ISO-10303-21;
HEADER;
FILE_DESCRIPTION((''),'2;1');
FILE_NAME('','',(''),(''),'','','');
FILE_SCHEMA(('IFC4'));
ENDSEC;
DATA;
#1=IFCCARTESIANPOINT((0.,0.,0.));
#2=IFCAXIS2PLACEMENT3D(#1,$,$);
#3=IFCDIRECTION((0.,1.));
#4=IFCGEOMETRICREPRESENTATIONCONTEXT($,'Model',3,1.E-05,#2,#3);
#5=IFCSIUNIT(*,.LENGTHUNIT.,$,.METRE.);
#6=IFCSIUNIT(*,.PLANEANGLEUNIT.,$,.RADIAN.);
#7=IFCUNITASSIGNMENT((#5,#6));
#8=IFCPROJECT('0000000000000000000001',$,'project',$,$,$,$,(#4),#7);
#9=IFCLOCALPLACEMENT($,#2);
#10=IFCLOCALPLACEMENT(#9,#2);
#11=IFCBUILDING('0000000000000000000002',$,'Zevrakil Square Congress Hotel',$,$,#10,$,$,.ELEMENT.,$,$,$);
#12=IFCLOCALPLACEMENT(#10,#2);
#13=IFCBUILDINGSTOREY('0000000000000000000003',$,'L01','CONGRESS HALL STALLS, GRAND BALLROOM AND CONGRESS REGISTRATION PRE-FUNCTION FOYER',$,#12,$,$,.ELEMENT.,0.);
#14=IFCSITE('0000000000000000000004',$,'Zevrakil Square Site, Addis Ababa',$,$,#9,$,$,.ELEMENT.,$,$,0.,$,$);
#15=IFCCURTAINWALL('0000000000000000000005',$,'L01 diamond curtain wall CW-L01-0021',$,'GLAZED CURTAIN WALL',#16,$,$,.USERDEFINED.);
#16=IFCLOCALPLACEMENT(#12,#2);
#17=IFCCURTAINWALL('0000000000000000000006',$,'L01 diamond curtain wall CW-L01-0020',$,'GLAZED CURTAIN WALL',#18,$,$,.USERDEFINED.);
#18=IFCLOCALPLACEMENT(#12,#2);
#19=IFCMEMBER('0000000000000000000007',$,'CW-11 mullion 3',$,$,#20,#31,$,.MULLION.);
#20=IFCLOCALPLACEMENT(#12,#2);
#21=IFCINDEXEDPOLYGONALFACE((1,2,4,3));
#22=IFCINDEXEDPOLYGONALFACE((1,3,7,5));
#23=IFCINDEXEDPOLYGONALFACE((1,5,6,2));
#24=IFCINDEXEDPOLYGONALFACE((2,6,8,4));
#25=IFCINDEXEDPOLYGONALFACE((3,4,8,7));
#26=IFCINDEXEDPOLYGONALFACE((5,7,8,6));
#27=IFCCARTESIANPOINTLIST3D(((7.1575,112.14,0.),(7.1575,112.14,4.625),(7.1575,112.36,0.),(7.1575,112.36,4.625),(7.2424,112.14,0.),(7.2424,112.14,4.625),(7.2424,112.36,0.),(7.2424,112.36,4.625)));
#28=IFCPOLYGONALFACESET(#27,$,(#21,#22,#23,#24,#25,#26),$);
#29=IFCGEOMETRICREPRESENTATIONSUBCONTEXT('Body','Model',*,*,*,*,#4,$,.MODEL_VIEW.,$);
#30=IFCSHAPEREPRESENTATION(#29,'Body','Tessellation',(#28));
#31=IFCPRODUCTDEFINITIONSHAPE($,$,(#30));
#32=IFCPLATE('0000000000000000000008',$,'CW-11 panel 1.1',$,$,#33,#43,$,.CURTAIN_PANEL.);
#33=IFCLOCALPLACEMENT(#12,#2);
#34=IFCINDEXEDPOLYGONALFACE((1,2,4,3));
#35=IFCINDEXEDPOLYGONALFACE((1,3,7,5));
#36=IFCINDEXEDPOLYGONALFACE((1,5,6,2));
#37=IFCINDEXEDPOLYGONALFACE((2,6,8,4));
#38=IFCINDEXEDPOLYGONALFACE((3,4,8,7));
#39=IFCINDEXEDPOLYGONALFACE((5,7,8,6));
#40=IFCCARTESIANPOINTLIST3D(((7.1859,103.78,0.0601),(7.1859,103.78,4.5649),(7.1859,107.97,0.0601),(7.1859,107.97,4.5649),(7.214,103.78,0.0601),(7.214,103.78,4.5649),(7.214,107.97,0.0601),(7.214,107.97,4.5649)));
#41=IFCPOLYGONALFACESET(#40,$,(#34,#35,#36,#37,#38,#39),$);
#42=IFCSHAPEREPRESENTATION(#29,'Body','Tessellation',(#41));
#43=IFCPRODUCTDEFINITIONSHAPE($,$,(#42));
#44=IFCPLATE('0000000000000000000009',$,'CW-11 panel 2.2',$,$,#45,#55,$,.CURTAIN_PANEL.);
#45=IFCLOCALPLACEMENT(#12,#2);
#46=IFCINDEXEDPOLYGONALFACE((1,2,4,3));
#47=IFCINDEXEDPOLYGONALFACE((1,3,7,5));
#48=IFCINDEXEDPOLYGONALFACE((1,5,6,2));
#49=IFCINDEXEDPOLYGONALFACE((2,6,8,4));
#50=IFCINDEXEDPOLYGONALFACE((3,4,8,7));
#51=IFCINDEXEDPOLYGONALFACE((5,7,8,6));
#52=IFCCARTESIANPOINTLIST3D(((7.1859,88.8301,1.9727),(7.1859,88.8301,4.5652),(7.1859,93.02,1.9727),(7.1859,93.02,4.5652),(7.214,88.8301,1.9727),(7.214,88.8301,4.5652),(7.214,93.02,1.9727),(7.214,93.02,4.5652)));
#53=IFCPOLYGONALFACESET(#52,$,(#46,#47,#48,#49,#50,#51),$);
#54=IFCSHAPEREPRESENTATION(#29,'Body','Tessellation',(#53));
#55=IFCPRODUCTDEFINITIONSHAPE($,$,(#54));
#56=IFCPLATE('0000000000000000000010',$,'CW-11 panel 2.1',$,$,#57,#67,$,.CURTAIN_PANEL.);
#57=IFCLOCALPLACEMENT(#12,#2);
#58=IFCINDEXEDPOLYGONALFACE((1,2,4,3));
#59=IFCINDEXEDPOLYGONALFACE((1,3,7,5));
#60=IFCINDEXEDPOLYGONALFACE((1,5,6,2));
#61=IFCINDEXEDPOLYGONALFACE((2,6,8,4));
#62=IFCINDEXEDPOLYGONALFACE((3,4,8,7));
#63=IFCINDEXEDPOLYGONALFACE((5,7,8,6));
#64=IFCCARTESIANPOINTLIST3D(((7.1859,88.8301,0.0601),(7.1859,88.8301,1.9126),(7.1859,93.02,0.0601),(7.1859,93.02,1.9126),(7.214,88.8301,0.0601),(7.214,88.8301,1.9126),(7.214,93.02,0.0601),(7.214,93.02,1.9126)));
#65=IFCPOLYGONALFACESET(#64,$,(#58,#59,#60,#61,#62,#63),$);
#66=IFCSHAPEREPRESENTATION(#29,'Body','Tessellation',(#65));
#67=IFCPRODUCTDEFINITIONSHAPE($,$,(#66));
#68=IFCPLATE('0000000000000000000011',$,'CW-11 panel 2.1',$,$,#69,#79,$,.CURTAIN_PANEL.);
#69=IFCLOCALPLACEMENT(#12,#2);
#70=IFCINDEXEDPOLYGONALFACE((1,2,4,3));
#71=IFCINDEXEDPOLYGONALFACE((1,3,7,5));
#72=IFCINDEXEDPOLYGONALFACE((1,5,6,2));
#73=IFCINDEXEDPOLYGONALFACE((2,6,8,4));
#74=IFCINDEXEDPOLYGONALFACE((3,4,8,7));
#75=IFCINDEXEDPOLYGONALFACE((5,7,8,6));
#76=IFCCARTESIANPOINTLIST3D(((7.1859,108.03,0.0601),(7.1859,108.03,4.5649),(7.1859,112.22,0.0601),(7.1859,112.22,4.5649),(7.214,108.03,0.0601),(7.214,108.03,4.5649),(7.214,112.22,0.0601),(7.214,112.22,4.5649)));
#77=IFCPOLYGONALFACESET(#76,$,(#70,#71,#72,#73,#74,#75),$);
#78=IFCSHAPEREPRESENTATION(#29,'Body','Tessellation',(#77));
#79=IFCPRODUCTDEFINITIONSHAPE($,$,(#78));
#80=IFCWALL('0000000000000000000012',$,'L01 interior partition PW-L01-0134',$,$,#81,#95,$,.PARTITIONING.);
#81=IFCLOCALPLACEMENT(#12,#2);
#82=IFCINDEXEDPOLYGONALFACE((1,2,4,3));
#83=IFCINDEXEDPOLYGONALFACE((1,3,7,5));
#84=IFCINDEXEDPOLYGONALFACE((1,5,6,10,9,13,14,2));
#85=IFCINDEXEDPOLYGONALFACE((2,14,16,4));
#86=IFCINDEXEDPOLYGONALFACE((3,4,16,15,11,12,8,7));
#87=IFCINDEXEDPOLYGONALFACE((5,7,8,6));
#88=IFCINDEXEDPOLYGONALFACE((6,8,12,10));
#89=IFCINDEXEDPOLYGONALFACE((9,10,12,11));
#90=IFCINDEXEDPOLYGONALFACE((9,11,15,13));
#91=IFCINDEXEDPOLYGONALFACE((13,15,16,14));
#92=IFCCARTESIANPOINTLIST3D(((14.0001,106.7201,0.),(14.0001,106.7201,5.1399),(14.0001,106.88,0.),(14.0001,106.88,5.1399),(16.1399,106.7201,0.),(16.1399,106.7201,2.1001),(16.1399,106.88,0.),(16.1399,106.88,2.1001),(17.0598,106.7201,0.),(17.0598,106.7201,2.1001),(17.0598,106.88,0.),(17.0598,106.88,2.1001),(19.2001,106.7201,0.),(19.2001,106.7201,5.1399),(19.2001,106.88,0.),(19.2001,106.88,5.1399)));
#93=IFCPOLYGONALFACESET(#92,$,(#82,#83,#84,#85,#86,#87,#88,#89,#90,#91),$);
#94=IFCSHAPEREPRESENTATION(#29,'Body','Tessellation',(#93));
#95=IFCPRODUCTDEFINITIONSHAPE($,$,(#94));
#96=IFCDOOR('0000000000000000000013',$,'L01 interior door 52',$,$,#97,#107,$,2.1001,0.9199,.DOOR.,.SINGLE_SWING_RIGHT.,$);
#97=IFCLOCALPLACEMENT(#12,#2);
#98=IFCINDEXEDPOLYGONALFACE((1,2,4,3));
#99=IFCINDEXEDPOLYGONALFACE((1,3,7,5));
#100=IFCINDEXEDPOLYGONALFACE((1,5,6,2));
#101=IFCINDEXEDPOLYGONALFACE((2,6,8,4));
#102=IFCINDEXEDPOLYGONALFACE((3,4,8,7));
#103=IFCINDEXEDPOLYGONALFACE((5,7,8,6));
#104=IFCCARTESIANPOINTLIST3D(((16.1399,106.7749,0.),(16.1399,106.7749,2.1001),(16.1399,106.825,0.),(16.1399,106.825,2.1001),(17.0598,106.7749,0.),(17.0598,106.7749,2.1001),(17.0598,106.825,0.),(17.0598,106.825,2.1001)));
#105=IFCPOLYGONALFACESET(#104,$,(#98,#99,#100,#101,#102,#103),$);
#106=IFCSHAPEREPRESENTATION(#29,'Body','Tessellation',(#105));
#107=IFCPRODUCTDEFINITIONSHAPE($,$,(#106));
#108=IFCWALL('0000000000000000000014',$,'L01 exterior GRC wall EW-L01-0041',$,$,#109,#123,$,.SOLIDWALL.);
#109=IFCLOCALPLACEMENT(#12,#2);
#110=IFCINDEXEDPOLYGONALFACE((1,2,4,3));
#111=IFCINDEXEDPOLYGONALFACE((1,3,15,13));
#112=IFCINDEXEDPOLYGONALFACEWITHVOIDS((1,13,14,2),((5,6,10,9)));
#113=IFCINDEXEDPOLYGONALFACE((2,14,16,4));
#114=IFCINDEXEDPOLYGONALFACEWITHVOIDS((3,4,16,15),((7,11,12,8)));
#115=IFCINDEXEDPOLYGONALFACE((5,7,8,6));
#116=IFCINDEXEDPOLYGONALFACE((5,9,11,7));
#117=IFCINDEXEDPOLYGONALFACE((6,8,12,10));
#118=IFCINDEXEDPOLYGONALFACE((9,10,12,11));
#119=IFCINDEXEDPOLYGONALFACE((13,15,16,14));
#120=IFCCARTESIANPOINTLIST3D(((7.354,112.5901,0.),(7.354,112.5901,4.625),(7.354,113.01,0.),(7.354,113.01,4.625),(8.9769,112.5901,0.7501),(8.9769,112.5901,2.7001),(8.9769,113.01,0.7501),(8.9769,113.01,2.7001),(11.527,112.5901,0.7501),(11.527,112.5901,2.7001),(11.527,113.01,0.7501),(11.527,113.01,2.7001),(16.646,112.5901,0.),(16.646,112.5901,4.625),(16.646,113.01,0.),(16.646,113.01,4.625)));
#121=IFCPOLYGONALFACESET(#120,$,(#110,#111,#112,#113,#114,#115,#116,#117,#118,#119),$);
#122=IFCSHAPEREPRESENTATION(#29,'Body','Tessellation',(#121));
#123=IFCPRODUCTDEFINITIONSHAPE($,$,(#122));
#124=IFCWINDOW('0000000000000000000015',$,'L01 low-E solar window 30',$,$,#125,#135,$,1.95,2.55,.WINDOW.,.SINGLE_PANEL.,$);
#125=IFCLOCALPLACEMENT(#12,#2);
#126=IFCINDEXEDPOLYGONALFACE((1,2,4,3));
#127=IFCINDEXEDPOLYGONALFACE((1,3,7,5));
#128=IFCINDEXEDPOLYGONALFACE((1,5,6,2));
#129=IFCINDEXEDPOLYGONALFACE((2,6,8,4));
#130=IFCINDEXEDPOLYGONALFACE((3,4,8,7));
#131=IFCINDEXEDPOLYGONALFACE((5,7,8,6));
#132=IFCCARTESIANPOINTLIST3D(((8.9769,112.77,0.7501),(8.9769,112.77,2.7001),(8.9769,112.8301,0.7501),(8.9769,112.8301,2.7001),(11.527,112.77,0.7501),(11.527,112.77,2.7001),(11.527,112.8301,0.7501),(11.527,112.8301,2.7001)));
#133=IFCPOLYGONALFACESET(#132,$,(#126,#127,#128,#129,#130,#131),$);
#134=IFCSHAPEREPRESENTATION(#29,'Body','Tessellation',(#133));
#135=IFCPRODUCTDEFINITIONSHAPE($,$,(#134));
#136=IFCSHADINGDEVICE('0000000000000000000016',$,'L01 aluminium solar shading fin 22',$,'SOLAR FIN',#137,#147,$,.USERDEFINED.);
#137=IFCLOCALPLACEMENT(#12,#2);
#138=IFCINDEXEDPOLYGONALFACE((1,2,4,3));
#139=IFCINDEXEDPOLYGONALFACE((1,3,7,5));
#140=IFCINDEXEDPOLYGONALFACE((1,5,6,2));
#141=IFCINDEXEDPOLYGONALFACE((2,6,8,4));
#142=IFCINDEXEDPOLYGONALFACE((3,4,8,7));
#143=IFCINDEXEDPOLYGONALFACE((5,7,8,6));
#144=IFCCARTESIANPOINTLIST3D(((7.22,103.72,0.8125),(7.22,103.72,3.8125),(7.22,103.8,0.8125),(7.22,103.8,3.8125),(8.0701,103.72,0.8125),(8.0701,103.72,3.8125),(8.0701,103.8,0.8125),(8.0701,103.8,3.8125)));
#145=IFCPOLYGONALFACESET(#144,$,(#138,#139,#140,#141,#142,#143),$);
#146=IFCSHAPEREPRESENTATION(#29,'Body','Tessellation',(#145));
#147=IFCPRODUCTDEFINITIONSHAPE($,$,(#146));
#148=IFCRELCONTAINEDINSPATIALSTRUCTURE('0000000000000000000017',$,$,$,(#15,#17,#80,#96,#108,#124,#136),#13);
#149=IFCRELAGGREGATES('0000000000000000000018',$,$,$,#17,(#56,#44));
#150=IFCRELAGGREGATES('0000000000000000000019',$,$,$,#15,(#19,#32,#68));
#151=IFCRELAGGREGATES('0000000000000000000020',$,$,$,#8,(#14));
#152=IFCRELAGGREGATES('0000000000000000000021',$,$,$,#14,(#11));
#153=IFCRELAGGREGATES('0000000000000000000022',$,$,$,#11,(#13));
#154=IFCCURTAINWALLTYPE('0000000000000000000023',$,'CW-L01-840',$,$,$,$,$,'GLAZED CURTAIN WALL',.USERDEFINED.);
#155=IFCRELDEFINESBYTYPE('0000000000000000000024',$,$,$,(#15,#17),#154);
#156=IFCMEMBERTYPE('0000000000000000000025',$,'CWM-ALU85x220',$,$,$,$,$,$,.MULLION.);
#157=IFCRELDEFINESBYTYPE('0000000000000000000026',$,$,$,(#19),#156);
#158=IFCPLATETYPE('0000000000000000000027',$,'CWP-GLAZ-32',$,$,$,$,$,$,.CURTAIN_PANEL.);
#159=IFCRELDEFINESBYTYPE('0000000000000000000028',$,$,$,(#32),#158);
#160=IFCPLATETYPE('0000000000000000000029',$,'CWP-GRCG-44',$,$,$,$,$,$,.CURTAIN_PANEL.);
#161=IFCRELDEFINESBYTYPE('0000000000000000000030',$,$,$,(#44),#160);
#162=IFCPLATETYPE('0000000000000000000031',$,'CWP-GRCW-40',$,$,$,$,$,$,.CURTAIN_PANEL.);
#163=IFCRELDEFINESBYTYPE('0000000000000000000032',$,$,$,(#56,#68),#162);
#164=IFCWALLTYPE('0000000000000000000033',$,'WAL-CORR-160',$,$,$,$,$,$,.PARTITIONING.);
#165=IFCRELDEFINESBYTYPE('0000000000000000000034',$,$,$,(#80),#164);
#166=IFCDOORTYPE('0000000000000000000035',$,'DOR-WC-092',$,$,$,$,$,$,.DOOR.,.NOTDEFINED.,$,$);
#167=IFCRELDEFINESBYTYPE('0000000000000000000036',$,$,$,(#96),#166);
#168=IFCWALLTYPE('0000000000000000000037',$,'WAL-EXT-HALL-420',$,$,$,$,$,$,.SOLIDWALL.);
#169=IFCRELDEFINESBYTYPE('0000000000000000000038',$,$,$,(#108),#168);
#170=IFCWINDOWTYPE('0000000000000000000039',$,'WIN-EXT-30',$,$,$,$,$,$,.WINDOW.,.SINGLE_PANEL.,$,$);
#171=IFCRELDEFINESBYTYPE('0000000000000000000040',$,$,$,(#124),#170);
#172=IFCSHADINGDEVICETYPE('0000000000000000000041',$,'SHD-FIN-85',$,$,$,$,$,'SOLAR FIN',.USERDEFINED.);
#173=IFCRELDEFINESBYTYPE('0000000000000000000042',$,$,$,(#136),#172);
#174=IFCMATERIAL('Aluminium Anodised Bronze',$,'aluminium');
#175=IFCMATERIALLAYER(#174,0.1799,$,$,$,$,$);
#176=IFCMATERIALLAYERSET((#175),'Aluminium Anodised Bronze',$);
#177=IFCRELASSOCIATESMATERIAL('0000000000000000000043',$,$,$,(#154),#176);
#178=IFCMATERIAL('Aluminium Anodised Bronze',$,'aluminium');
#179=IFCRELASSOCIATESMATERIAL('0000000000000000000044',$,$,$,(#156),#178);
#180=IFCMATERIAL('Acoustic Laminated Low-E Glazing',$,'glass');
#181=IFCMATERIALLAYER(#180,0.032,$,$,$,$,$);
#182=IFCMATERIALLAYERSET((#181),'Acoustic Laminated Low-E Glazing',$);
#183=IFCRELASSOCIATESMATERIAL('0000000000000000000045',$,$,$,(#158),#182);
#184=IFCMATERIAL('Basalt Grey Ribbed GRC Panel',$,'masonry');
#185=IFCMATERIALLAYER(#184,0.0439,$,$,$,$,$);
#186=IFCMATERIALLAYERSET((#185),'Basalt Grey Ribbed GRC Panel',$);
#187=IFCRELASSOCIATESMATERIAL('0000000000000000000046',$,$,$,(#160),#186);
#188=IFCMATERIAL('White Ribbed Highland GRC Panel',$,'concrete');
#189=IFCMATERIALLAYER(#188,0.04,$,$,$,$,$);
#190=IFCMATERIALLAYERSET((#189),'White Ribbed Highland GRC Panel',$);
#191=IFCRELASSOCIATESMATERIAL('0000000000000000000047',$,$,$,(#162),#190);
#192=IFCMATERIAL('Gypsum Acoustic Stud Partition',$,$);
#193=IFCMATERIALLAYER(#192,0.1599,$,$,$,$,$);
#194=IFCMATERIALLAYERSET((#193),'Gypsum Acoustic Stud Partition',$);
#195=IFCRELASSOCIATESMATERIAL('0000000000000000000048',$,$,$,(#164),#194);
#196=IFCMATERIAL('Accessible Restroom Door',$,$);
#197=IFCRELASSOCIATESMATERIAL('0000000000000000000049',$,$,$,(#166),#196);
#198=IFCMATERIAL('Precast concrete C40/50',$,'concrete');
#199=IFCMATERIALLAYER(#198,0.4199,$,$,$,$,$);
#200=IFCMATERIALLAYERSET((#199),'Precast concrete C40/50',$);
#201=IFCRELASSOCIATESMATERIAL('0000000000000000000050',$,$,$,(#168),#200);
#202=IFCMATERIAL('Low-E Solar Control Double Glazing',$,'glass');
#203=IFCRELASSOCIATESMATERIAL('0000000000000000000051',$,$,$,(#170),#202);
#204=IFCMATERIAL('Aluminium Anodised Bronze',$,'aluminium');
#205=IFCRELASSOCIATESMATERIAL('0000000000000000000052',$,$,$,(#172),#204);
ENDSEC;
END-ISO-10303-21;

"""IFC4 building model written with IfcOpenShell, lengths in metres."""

from ifc_helpers import new_model, si_unit, direction, frame, frame_2d, origin, origin_2d, place, context, subcontext, project, spatial, rectangle, extrude, material, layer, layer_set, material_profile, profile_set, type_object, element, fill, aggregate, save


model = new_model("IFC4")

# Units and contexts
model_context = context("Model", 3, precision=1e-05, world=origin(), true_north=direction((0.0, 1.0)))
body_context = subcontext(model_context, "Body", "Model", "MODEL_VIEW")
ifc_project = project(units=[si_unit("LENGTHUNIT", "METRE"), si_unit("PLANEANGLEUNIT", "RADIAN")], contexts=[model_context])

# Site, building, storey
site_placement = place(None, origin())
site = spatial("IfcSite", under=ifc_project, at=site_placement, Name="Zevrakil Square Site, Addis Ababa", CompositionType="ELEMENT", RefElevation=0.0)
building_placement = place(site_placement, origin())
building = spatial("IfcBuilding", under=site, at=building_placement, Name="Zevrakil Square Congress Hotel", CompositionType="ELEMENT")
storey_placement = place(building_placement, origin())
storey = spatial("IfcBuildingStorey", under=building, at=storey_placement, Name="L01", Description="CONGRESS HALL STALLS, GRAND BALLROOM AND CONGRESS REGISTRATION PRE-FUNCTION FOYER", CompositionType="ELEMENT", Elevation=0.0)

# Curtain wall
ifc_material_1 = material(Name="Aluminium Anodised Bronze", Category="aluminium")
ifc_layer_1 = layer(ifc_material_1, 0.1799)
ifc_layer_set_1 = layer_set([ifc_layer_1], Name="Aluminium Anodised Bronze")
curtain_wall_type = type_object("IfcCurtainWallType", Name="CW-L01-840", ElementType="GLAZED CURTAIN WALL", PredefinedType="USERDEFINED", material=ifc_layer_set_1)
curtain_wall_1_placement = place(storey_placement, origin())
curtain_wall_1 = element("IfcCurtainWall", 1, at=curtain_wall_1_placement, inside=storey, type_object=curtain_wall_type, Name="L01 diamond curtain wall CW-L01-0021", ObjectType="GLAZED CURTAIN WALL", PredefinedType="USERDEFINED")

# Curtain wall
curtain_wall_2_placement = place(storey_placement, origin())
curtain_wall_2 = element("IfcCurtainWall", 2, at=curtain_wall_2_placement, inside=storey, type_object=curtain_wall_type, Name="L01 diamond curtain wall CW-L01-0020", ObjectType="GLAZED CURTAIN WALL", PredefinedType="USERDEFINED")
ifc_material_2 = material(Name="Aluminium Anodised Bronze", Category="aluminium")
ifc_material_profile_1 = material_profile(ifc_material_2, rectangle(XDim=0.085, YDim=0.22, at=origin_2d()), Name="ALU 85x220")
ifc_profile_set_1 = profile_set([ifc_material_profile_1], Name="Aluminium Anodised Bronze")
member_type_1 = type_object("IfcMemberType", Name="CWM-ALU85x220", PredefinedType="MULLION", material=ifc_profile_set_1)

# Member
member_1_placement = place(storey_placement, frame((7.2, 112.25, 0.0), z_axis=(0.0, 0.0, 1.0), x_axis=(-1.0, 0.0, 0.0)))
member_1 = element("IfcMember", 3, at=member_1_placement, type_object=member_type_1, Name="CW-11 mullion 3", PredefinedType="MULLION", context=body_context, shape_type="SweptSolid", body=[
    extrude(rectangle(XDim=0.085, YDim=0.22, at=origin_2d()), origin(), (0.0, 0.0, 1.0), 4.625),
])

# Plates
ifc_material_3 = material(Name="Acoustic Laminated Low-E Glazing", Category="glass")
ifc_layer_2 = layer(ifc_material_3, 0.032)
ifc_layer_set_2 = layer_set([ifc_layer_2], Name="Acoustic Laminated Low-E Glazing")
plate_type_1 = type_object("IfcPlateType", Name="CWP-GLAZ-32", PredefinedType="CURTAIN_PANEL", material=ifc_layer_set_2)
plate_1_placement = place(storey_placement, frame((7.2, 105.875, 0.0601), z_axis=(0.0, 0.0, 1.0), x_axis=(0.0, 1.0, 0.0)))
plate_1 = element("IfcPlate", 4, at=plate_1_placement, type_object=plate_type_1, Name="CW-11 panel 1.1", PredefinedType="CURTAIN_PANEL", context=body_context, shape_type="SweptSolid", body=[
    extrude(rectangle(XDim=4.1899, YDim=0.0281, at=origin_2d()), origin(), (0.0, 0.0, 1.0), 4.5049),
])
ifc_material_4 = material(Name="Basalt Grey Ribbed GRC Panel", Category="masonry")
ifc_layer_3 = layer(ifc_material_4, 0.0439)
ifc_layer_set_3 = layer_set([ifc_layer_3], Name="Basalt Grey Ribbed GRC Panel")
plate_type_2 = type_object("IfcPlateType", Name="CWP-GRCG-44", PredefinedType="CURTAIN_PANEL", material=ifc_layer_set_3)
plate_2_placement = place(storey_placement, frame((7.2, 90.925, 1.9727), z_axis=(0.0, 0.0, 1.0), x_axis=(0.0, 1.0, 0.0)))
plate_2 = element("IfcPlate", 5, at=plate_2_placement, type_object=plate_type_2, Name="CW-11 panel 2.2", PredefinedType="CURTAIN_PANEL", context=body_context, shape_type="SweptSolid", body=[
    extrude(rectangle(XDim=4.1899, YDim=0.0281, at=origin_2d()), origin(), (0.0, 0.0, 1.0), 2.5925),
])
ifc_material_5 = material(Name="White Ribbed Highland GRC Panel", Category="concrete")
ifc_layer_4 = layer(ifc_material_5, 0.04)
ifc_layer_set_4 = layer_set([ifc_layer_4], Name="White Ribbed Highland GRC Panel")
plate_type_3 = type_object("IfcPlateType", Name="CWP-GRCW-40", PredefinedType="CURTAIN_PANEL", material=ifc_layer_set_4)
plate_3_placement = place(storey_placement, frame((7.2, 90.925, 0.0601), z_axis=(0.0, 0.0, 1.0), x_axis=(0.0, 1.0, 0.0)))
plate_3 = element("IfcPlate", 6, at=plate_3_placement, type_object=plate_type_3, Name="CW-11 panel 2.1", PredefinedType="CURTAIN_PANEL", context=body_context, shape_type="SweptSolid", body=[
    extrude(rectangle(XDim=4.1899, YDim=0.0281, at=origin_2d()), origin(), (0.0, 0.0, 1.0), 1.8525),
])
aggregate(curtain_wall_2, [plate_3, plate_2])
plate_4_placement = place(storey_placement, frame((7.2, 110.125, 0.0601), z_axis=(0.0, 0.0, 1.0), x_axis=(0.0, 1.0, 0.0)))
plate_4 = element("IfcPlate", 7, at=plate_4_placement, type_object=plate_type_3, Name="CW-11 panel 2.1", PredefinedType="CURTAIN_PANEL", context=body_context, shape_type="SweptSolid", body=[
    extrude(rectangle(XDim=4.1899, YDim=0.0281, at=origin_2d()), origin(), (0.0, 0.0, 1.0), 4.5049),
])
aggregate(curtain_wall_1, [member_1, plate_1, plate_4])

# Wall, opening, door
ifc_material_6 = material(Name="Gypsum Acoustic Stud Partition")
ifc_layer_5 = layer(ifc_material_6, 0.1599)
ifc_layer_set_5 = layer_set([ifc_layer_5], Name="Gypsum Acoustic Stud Partition")
wall_type_1 = type_object("IfcWallType", Name="WAL-CORR-160", PredefinedType="PARTITIONING", material=ifc_layer_set_5)
wall_1_placement = place(storey_placement, frame((14.0, 106.8, 0.0), z_axis=(0.0, 0.0, 1.0), x_axis=(1.0, 0.0, 0.0)))
wall_1 = element("IfcWall", 8, at=wall_1_placement, inside=storey, type_object=wall_type_1, Name="L01 interior partition PW-L01-0134", PredefinedType="PARTITIONING", context=body_context, shape_type="SweptSolid", body=[
    extrude(rectangle(XDim=5.2, YDim=0.1599, at=frame_2d((2.6001, 0.0))), origin(), (0.0, 0.0, 1.0), 5.1399),
])
opening_1_placement = place(wall_1_placement, frame((2.1399, 0.0, 0.0)))
opening_1 = element("IfcOpeningElement", 9, at=opening_1_placement, cuts=wall_1, PredefinedType="OPENING", context=body_context, shape_type="SweptSolid", body=[
    extrude(rectangle(XDim=0.9199, YDim=2.1001, at=frame_2d((0.46, 1.05))), frame((0.0, 0.0898, 0.0), z_axis=(0.0, -1.0, 0.0), x_axis=(1.0, 0.0, 0.0)), (0.0, 0.0, 1.0), 0.1799),
])
ifc_material_7 = material(Name="Accessible Restroom Door")
door_type_1 = type_object("IfcDoorType", Name="DOR-WC-092", OperationType="NOTDEFINED", PredefinedType="DOOR", material=ifc_material_7)
door_1_placement = place(opening_1_placement, origin())
door_1 = element("IfcDoor", 10, at=door_1_placement, inside=storey, type_object=door_type_1, Name="L01 interior door 52", OperationType="SINGLE_SWING_RIGHT", OverallHeight=2.1001, OverallWidth=0.9199, PredefinedType="DOOR", context=body_context, shape_type="SweptSolid", body=[
    extrude(rectangle(XDim=0.9199, YDim=2.1001, at=frame_2d((0.46, 1.05))), frame((0.0, 0.0249, 0.0), z_axis=(0.0, -1.0, 0.0), x_axis=(1.0, 0.0, 0.0)), (0.0, 0.0, 1.0), 0.05),
])
fill(opening_1, door_1)

# Wall, opening, window
ifc_material_8 = material(Name="Precast concrete C40/50", Category="concrete")
ifc_layer_6 = layer(ifc_material_8, 0.4199)
ifc_layer_set_6 = layer_set([ifc_layer_6], Name="Precast concrete C40/50")
wall_type_2 = type_object("IfcWallType", Name="WAL-EXT-HALL-420", PredefinedType="SOLIDWALL", material=ifc_layer_set_6)
wall_2_placement = place(storey_placement, frame((7.354, 112.8, 0.0), z_axis=(0.0, 0.0, 1.0), x_axis=(1.0, 0.0, 0.0)))
wall_2 = element("IfcWall", 11, at=wall_2_placement, inside=storey, type_object=wall_type_2, Name="L01 exterior GRC wall EW-L01-0041", PredefinedType="SOLIDWALL", context=body_context, shape_type="SweptSolid", body=[
    extrude(rectangle(XDim=9.292, YDim=0.4199, at=frame_2d((4.646, 0.0))), origin(), (0.0, 0.0, 1.0), 4.625),
])
opening_2_placement = place(wall_2_placement, frame((1.623, 0.0, 0.75)))
opening_2 = element("IfcOpeningElement", 12, at=opening_2_placement, cuts=wall_2, PredefinedType="OPENING", context=body_context, shape_type="SweptSolid", body=[
    extrude(rectangle(XDim=2.55, YDim=1.95, at=frame_2d((1.2749, 0.9751))), frame((0.0, 0.22, 0.0), z_axis=(0.0, -1.0, 0.0), x_axis=(1.0, 0.0, 0.0)), (0.0, 0.0, 1.0), 0.4399),
])
ifc_material_9 = material(Name="Low-E Solar Control Double Glazing", Category="glass")
window_type = type_object("IfcWindowType", Name="WIN-EXT-30", PartitioningType="SINGLE_PANEL", PredefinedType="WINDOW", material=ifc_material_9)
window_placement = place(opening_2_placement, origin())
window = element("IfcWindow", 13, at=window_placement, inside=storey, type_object=window_type, Name="L01 low-E solar window 30", OverallHeight=1.95, OverallWidth=2.55, PartitioningType="SINGLE_PANEL", PredefinedType="WINDOW", context=body_context, shape_type="SweptSolid", body=[
    extrude(rectangle(XDim=2.55, YDim=1.95, at=frame_2d((1.2749, 0.9751))), frame((0.0, 0.03, 0.0), z_axis=(0.0, -1.0, 0.0), x_axis=(1.0, 0.0, 0.0)), (0.0, 0.0, 1.0), 0.0601),
])
fill(opening_2, window)

# Shading device
ifc_material_10 = material(Name="Aluminium Anodised Bronze", Category="aluminium")
shading_device_type = type_object("IfcShadingDeviceType", Name="SHD-FIN-85", ElementType="SOLAR FIN", PredefinedType="USERDEFINED", material=ifc_material_10)
shading_device_placement = place(storey_placement, frame((7.645, 103.76, 0.8125), z_axis=(0.0, 0.0, 1.0), x_axis=(1.0, 0.0, 0.0)))
element("IfcShadingDevice", 14, at=shading_device_placement, inside=storey, type_object=shading_device_type, Name="L01 aluminium solar shading fin 22", ObjectType="SOLAR FIN", PredefinedType="USERDEFINED", context=body_context, shape_type="SweptSolid", body=[
    extrude(rectangle(XDim=0.8501, YDim=0.0801, at=origin_2d()), origin(), (0.0, 0.0, 1.0), 3.0),
])

save(model, "model.ifc")
